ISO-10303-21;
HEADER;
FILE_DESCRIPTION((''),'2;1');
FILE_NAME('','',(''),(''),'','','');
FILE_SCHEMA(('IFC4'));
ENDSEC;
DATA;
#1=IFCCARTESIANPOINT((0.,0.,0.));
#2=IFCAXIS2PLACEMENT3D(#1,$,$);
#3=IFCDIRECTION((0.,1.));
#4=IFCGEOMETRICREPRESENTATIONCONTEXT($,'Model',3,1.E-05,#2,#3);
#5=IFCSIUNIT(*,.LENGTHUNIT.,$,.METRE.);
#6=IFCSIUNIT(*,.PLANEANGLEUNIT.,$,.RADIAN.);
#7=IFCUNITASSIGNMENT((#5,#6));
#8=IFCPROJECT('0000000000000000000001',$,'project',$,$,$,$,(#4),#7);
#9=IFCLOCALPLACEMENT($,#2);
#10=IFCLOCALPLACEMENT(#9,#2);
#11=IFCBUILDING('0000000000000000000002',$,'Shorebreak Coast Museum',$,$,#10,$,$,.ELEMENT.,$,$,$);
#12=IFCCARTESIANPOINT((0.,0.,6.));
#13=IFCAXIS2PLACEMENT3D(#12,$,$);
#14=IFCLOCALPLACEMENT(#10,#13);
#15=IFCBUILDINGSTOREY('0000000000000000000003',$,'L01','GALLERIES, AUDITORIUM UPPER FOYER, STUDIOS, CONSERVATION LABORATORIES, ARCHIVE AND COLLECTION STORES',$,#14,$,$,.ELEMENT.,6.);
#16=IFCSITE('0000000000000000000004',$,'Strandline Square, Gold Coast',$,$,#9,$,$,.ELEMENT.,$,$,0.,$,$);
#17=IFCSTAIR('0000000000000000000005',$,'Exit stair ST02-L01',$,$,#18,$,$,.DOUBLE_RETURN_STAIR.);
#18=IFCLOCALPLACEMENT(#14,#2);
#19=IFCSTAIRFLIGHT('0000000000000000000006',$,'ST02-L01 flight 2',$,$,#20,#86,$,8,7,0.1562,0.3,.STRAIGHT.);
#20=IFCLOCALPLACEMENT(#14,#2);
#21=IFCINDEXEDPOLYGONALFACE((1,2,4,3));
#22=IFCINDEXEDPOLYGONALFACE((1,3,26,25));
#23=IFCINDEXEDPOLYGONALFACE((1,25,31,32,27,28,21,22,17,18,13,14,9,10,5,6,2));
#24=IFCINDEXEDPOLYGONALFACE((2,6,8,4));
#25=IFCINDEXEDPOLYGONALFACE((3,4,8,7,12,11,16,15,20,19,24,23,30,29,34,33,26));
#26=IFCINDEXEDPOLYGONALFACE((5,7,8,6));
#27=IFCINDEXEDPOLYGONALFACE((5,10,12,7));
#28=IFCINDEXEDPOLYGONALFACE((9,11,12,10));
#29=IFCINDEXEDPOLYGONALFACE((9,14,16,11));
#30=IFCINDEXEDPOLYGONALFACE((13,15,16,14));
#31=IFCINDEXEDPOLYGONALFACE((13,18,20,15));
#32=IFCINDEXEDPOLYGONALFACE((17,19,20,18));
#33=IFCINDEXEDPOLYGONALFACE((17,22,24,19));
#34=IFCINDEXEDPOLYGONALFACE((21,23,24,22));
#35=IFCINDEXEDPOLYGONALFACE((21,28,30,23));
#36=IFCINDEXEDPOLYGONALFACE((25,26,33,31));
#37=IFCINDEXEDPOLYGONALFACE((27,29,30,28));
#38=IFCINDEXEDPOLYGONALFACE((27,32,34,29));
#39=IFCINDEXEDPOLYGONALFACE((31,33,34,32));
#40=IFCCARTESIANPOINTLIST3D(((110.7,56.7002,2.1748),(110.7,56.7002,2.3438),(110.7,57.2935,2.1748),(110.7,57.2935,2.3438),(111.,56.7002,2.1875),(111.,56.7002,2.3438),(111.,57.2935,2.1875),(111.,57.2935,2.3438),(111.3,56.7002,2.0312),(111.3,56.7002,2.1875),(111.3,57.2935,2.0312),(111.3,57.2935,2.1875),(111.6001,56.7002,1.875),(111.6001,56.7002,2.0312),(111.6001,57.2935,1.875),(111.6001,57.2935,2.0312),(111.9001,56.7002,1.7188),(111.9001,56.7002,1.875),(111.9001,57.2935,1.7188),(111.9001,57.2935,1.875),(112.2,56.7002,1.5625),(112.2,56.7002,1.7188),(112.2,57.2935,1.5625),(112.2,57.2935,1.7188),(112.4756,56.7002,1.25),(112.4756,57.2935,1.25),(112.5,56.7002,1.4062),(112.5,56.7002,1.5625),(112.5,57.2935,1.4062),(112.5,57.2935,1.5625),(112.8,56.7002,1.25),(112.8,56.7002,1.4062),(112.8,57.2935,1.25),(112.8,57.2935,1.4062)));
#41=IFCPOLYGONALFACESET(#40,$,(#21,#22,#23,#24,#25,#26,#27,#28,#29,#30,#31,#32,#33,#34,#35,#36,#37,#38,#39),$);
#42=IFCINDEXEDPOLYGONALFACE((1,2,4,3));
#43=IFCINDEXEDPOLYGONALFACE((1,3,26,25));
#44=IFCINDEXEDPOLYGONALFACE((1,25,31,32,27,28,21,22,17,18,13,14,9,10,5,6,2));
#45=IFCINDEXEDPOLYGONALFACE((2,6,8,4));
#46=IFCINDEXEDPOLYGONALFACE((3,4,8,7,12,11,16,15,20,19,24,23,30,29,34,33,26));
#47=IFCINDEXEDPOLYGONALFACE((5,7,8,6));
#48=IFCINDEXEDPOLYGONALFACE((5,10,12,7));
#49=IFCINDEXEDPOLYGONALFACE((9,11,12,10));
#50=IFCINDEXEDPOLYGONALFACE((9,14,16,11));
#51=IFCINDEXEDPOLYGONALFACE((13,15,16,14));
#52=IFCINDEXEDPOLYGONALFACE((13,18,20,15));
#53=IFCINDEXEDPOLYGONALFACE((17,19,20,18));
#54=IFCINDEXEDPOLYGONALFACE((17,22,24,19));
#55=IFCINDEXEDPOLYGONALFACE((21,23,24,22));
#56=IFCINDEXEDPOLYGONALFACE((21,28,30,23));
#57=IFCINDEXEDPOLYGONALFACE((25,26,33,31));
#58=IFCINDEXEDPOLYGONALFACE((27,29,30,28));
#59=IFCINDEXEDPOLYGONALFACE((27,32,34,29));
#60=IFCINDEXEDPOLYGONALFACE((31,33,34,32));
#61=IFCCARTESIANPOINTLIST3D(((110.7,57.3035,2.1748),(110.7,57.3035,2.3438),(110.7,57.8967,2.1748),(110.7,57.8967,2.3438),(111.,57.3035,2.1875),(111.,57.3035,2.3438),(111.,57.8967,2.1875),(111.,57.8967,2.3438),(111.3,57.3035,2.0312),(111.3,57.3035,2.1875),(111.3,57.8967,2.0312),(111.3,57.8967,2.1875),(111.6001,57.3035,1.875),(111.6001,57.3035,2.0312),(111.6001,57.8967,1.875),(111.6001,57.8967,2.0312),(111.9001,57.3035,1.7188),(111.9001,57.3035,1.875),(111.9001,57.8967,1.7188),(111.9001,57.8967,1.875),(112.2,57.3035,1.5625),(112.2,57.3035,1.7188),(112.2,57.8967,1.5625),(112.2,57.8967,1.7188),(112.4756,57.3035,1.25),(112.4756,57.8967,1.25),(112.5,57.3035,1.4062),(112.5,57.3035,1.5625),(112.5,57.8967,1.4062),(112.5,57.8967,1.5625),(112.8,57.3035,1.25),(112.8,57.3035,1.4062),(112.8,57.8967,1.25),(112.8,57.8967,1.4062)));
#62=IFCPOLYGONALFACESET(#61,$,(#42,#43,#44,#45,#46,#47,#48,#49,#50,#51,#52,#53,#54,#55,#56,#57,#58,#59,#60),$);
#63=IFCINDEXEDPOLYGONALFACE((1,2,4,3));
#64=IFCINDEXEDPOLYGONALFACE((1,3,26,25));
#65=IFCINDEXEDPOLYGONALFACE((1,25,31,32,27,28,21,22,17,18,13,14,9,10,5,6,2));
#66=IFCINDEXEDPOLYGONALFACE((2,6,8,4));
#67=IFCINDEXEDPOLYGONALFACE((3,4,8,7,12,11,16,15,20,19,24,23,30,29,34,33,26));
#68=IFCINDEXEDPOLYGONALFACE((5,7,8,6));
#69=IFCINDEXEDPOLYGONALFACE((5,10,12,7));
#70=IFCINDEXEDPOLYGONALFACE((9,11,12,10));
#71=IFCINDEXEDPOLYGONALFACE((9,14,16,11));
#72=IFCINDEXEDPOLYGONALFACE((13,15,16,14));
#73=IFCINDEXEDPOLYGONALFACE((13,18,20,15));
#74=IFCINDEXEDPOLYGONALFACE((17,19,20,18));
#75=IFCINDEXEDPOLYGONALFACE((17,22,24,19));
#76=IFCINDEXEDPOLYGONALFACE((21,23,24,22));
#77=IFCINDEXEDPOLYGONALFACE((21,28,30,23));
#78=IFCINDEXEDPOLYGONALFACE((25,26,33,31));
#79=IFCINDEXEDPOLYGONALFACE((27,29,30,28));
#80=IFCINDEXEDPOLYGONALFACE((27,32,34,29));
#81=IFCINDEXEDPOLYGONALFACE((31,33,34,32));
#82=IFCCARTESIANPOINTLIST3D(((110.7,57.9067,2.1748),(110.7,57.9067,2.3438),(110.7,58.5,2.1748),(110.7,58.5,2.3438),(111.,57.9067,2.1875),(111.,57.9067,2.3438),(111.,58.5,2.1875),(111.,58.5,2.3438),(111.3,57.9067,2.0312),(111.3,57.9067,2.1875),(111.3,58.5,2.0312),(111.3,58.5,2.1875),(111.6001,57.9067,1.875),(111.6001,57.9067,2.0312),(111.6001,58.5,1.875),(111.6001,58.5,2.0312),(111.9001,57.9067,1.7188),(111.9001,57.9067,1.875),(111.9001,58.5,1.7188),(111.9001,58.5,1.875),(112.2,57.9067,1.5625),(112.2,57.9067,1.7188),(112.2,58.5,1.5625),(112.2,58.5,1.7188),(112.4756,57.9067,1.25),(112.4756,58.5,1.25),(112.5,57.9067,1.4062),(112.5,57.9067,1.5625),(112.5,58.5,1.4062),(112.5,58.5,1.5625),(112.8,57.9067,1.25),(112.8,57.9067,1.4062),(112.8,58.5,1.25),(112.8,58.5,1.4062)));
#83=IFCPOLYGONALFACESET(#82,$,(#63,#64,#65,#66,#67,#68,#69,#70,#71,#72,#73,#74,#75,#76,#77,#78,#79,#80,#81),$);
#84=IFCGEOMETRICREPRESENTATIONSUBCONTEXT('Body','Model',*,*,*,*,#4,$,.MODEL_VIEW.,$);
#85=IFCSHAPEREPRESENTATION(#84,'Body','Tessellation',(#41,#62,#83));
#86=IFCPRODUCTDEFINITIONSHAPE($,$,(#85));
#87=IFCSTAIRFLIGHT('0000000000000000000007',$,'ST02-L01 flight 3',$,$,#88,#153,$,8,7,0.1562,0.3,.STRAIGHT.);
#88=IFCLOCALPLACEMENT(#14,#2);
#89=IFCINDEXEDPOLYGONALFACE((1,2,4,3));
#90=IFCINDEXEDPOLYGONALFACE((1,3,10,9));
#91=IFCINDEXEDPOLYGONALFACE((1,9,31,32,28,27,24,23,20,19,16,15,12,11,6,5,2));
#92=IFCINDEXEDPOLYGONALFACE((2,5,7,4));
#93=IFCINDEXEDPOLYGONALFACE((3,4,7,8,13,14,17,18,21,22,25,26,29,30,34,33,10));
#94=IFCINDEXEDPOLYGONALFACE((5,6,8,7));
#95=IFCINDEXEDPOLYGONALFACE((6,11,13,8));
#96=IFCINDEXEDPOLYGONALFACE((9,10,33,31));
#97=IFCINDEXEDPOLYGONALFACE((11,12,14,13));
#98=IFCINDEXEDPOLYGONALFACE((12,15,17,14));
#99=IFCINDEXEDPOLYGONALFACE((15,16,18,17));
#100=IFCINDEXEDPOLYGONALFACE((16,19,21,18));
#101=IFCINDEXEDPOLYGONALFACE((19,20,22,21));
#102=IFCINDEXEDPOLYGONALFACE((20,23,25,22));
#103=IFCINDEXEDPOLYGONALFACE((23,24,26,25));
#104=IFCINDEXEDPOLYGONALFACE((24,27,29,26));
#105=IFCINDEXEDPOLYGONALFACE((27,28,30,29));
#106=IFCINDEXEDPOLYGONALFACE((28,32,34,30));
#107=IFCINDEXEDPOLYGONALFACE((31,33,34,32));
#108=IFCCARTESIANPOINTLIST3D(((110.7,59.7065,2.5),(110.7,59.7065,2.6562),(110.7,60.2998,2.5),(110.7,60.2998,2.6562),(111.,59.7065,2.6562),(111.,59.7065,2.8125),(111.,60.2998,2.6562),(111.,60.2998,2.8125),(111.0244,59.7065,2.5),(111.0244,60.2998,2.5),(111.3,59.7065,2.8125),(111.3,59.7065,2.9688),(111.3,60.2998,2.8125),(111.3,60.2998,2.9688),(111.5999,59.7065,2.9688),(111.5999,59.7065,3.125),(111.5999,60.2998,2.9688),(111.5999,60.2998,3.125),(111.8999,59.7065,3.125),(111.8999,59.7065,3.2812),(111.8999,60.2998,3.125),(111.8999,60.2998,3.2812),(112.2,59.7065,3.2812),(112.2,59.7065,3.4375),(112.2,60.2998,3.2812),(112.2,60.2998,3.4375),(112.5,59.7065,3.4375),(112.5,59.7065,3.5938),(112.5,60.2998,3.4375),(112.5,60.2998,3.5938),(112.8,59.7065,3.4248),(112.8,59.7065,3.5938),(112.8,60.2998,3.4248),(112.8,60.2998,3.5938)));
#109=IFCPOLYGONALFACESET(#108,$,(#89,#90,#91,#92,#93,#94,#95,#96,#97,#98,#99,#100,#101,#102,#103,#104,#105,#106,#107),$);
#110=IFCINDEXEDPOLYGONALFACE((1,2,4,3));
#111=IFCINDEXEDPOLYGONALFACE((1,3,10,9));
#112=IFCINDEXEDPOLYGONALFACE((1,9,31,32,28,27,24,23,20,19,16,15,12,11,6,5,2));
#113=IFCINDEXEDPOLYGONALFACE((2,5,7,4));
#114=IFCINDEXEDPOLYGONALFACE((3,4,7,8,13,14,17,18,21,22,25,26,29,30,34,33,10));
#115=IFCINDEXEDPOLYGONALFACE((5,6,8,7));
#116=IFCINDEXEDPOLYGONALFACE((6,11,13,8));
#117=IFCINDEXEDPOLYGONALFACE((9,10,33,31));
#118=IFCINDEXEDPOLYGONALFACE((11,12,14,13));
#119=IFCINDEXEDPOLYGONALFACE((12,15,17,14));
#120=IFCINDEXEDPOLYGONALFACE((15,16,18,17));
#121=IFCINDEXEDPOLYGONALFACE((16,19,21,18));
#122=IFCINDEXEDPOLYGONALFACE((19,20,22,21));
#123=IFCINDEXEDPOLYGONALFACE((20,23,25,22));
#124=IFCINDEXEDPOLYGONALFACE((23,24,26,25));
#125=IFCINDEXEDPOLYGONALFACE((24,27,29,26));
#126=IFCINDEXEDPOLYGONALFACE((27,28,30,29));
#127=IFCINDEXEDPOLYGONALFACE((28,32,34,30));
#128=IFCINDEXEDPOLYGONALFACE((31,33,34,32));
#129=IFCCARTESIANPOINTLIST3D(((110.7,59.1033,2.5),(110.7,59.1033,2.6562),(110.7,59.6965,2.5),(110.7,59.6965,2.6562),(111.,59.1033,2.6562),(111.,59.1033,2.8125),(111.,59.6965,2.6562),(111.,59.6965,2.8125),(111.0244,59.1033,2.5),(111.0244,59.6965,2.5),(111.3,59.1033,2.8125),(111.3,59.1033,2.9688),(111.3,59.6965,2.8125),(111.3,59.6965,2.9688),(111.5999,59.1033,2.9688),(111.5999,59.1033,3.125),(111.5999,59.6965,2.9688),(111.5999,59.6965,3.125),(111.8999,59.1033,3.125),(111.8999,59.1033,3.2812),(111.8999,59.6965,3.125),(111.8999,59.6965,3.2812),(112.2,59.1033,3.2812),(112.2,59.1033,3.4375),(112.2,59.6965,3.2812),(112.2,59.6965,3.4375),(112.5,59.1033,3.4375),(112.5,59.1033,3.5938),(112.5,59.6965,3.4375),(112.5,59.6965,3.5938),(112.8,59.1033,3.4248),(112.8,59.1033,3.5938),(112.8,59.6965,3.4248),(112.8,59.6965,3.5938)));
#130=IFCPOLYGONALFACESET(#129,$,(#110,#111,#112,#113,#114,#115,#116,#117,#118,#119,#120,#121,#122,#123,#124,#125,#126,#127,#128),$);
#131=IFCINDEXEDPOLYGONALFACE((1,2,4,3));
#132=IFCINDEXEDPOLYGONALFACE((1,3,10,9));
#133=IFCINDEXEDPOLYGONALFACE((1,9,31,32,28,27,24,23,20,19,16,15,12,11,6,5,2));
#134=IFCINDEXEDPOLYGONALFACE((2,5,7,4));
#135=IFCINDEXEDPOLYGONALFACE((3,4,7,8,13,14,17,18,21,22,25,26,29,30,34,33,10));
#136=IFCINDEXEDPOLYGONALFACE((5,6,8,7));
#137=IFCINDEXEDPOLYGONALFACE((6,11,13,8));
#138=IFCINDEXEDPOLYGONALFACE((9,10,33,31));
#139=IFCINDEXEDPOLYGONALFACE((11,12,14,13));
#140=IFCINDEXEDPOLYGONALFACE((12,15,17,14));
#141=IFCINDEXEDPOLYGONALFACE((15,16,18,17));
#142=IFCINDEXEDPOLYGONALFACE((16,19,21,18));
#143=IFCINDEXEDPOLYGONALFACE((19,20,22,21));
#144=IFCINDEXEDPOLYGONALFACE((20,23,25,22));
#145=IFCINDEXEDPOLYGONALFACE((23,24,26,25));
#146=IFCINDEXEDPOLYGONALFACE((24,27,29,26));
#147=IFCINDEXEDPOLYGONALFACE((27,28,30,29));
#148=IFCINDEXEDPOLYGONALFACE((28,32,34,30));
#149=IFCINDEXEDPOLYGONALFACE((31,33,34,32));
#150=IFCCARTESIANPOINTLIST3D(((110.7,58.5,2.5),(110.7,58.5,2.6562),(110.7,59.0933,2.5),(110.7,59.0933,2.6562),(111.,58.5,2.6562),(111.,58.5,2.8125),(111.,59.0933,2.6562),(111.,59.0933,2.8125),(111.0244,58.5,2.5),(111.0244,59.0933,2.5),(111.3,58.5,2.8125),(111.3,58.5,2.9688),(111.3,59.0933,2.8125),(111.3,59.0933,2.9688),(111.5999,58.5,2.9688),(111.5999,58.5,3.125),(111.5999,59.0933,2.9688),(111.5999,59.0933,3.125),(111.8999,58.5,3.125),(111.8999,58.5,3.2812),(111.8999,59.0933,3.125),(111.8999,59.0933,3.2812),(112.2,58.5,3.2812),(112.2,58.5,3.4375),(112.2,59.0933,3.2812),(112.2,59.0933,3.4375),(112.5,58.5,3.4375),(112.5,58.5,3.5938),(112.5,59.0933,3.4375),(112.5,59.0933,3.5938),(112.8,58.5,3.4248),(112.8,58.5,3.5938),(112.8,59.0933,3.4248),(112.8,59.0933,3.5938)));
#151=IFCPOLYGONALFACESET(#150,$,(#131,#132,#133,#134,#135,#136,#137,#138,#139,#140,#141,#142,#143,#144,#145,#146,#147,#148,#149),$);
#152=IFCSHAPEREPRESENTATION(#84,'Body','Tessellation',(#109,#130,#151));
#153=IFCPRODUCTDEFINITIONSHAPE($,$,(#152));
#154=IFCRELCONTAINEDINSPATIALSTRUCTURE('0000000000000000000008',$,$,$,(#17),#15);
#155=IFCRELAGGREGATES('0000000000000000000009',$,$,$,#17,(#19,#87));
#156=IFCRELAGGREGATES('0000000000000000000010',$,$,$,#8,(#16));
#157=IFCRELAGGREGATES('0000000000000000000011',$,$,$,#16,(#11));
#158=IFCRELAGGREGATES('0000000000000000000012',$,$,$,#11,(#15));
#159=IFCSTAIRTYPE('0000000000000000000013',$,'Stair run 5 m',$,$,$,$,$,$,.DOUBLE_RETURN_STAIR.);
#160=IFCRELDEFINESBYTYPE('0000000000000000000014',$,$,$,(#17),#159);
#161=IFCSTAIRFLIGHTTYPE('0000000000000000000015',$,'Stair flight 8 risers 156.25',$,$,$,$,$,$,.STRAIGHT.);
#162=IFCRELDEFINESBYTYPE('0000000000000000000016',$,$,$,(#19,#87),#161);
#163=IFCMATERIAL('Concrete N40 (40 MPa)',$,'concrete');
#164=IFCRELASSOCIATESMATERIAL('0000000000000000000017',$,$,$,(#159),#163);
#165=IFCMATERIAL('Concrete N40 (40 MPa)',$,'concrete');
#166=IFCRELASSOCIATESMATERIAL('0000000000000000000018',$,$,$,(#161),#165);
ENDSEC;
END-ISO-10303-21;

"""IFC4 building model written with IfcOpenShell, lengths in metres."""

from ifc_helpers import new_model, si_unit, direction, frame, origin, place, context, subcontext, project, spatial, polyline, outline, extrude, material, type_object, element, aggregate, save


model = new_model("IFC4")

# Units and contexts
model_context = context("Model", 3, precision=1e-05, world=origin(), true_north=direction((0.0, 1.0)))
body_context = subcontext(model_context, "Body", "Model", "MODEL_VIEW")
ifc_project = project(units=[si_unit("LENGTHUNIT", "METRE"), si_unit("PLANEANGLEUNIT", "RADIAN")], contexts=[model_context])

# Site, building, storey
site_placement = place(None, origin())
site = spatial("IfcSite", under=ifc_project, at=site_placement, Name="Strandline Square, Gold Coast", CompositionType="ELEMENT", RefElevation=0.0)
building_placement = place(site_placement, origin())
building = spatial("IfcBuilding", under=site, at=building_placement, Name="Shorebreak Coast Museum", CompositionType="ELEMENT")
storey_placement = place(building_placement, frame((0.0, 0.0, 6.0)))
storey = spatial("IfcBuildingStorey", under=building, at=storey_placement, Name="L01", Description="GALLERIES, AUDITORIUM UPPER FOYER, STUDIOS, CONSERVATION LABORATORIES, ARCHIVE AND COLLECTION STORES", CompositionType="ELEMENT", Elevation=6.0)

# Stair, stair flights
ifc_material_1 = material(Name="Concrete N40 (40 MPa)", Category="concrete")
stair_type = type_object("IfcStairType", Name="Stair run 5 m", PredefinedType="DOUBLE_RETURN_STAIR", material=ifc_material_1)
stair_placement = place(storey_placement, origin())
stair = element("IfcStair", 1, at=stair_placement, inside=storey, type_object=stair_type, Name="Exit stair ST02-L01", PredefinedType="DOUBLE_RETURN_STAIR")
ifc_material_2 = material(Name="Concrete N40 (40 MPa)", Category="concrete")
stair_flight_type = type_object("IfcStairFlightType", Name="Stair flight 8 risers 156.25", PredefinedType="STRAIGHT", material=ifc_material_2)
stair_flight_1_placement = place(storey_placement, frame((112.8, 57.6001, 1.25), z_axis=(0.0, 0.0, 1.0), x_axis=(-1.0, 0.0, 0.0)))
stair_flight_1 = element("IfcStairFlight", 2, at=stair_flight_1_placement, type_object=stair_flight_type, Name="ST02-L01 flight 2", NumberOfRisers=8, NumberOfTreads=7, PredefinedType="STRAIGHT", RiserHeight=0.1562, TreadLength=0.3, context=body_context, shape_type="SweptSolid", body=[
    extrude(outline(polyline([(0.0, 0.0), (0.0, 0.1562), (0.3, 0.1562), (0.3, 0.3125), (0.6001, 0.3125), (0.6001, 0.4688), (0.8999, 0.4688), (0.8999, 0.625), (1.2, 0.625), (1.2, 0.7812), (1.5, 0.7812), (1.5, 0.9375), (1.8, 0.9375), (1.8, 1.0938), (2.1001, 1.0938), (2.1001, 1.25), (2.1001, 0.9248), (0.3245, 0.0), (0.0, 0.0)])), frame((0.0, 0.8999, 0.0), z_axis=(0.0, -1.0, 0.0), x_axis=(1.0, 0.0, 0.0)), (0.0, 0.0, 1.0), 0.5933),
    extrude(outline(polyline([(0.0, 0.0), (0.0, 0.1562), (0.3, 0.1562), (0.3, 0.3125), (0.6001, 0.3125), (0.6001, 0.4688), (0.8999, 0.4688), (0.8999, 0.625), (1.2, 0.625), (1.2, 0.7812), (1.5, 0.7812), (1.5, 0.9375), (1.8, 0.9375), (1.8, 1.0938), (2.1001, 1.0938), (2.1001, 1.25), (2.1001, 0.9248), (0.3245, 0.0), (0.0, 0.0)])), frame((0.0, 0.2966, 0.0), z_axis=(0.0, -1.0, 0.0), x_axis=(1.0, 0.0, 0.0)), (0.0, 0.0, 1.0), 0.5933),
    extrude(outline(polyline([(0.0, 0.0), (0.0, 0.1562), (0.3, 0.1562), (0.3, 0.3125), (0.6001, 0.3125), (0.6001, 0.4688), (0.8999, 0.4688), (0.8999, 0.625), (1.2, 0.625), (1.2, 0.7812), (1.5, 0.7812), (1.5, 0.9375), (1.8, 0.9375), (1.8, 1.0938), (2.1001, 1.0938), (2.1001, 1.25), (2.1001, 0.9248), (0.3245, 0.0), (0.0, 0.0)])), frame((0.0, -0.3066, 0.0), z_axis=(0.0, -1.0, 0.0), x_axis=(1.0, 0.0, 0.0)), (0.0, 0.0, 1.0), 0.5933),
])
stair_flight_2_placement = place(storey_placement, frame((110.7, 59.3999, 2.5), z_axis=(0.0, 0.0, 1.0), x_axis=(1.0, 0.0, 0.0)))
stair_flight_2 = element("IfcStairFlight", 3, at=stair_flight_2_placement, type_object=stair_flight_type, Name="ST02-L01 flight 3", NumberOfRisers=8, NumberOfTreads=7, PredefinedType="STRAIGHT", RiserHeight=0.1562, TreadLength=0.3, context=body_context, shape_type="SweptSolid", body=[
    extrude(outline(polyline([(0.0, 0.0), (0.0, 0.1562), (0.3, 0.1562), (0.3, 0.3125), (0.6001, 0.3125), (0.6001, 0.4688), (0.8999, 0.4688), (0.8999, 0.625), (1.2, 0.625), (1.2, 0.7812), (1.5, 0.7812), (1.5, 0.9375), (1.8, 0.9375), (1.8, 1.0938), (2.1001, 1.0938), (2.1001, 1.25), (2.1001, 0.9248), (0.3245, 0.0), (0.0, 0.0)])), frame((0.0, 0.8999, 0.0), z_axis=(0.0, -1.0, 0.0), x_axis=(1.0, 0.0, 0.0)), (0.0, 0.0, 1.0), 0.5933),
    extrude(outline(polyline([(0.0, 0.0), (0.0, 0.1562), (0.3, 0.1562), (0.3, 0.3125), (0.6001, 0.3125), (0.6001, 0.4688), (0.8999, 0.4688), (0.8999, 0.625), (1.2, 0.625), (1.2, 0.7812), (1.5, 0.7812), (1.5, 0.9375), (1.8, 0.9375), (1.8, 1.0938), (2.1001, 1.0938), (2.1001, 1.25), (2.1001, 0.9248), (0.3245, 0.0), (0.0, 0.0)])), frame((0.0, 0.2966, 0.0), z_axis=(0.0, -1.0, 0.0), x_axis=(1.0, 0.0, 0.0)), (0.0, 0.0, 1.0), 0.5933),
    extrude(outline(polyline([(0.0, 0.0), (0.0, 0.1562), (0.3, 0.1562), (0.3, 0.3125), (0.6001, 0.3125), (0.6001, 0.4688), (0.8999, 0.4688), (0.8999, 0.625), (1.2, 0.625), (1.2, 0.7812), (1.5, 0.7812), (1.5, 0.9375), (1.8, 0.9375), (1.8, 1.0938), (2.1001, 1.0938), (2.1001, 1.25), (2.1001, 0.9248), (0.3245, 0.0), (0.0, 0.0)])), frame((0.0, -0.3066, 0.0), z_axis=(0.0, -1.0, 0.0), x_axis=(1.0, 0.0, 0.0)), (0.0, 0.0, 1.0), 0.5933),
])
aggregate(stair, [stair_flight_1, stair_flight_2])

save(model, "model.ifc")
